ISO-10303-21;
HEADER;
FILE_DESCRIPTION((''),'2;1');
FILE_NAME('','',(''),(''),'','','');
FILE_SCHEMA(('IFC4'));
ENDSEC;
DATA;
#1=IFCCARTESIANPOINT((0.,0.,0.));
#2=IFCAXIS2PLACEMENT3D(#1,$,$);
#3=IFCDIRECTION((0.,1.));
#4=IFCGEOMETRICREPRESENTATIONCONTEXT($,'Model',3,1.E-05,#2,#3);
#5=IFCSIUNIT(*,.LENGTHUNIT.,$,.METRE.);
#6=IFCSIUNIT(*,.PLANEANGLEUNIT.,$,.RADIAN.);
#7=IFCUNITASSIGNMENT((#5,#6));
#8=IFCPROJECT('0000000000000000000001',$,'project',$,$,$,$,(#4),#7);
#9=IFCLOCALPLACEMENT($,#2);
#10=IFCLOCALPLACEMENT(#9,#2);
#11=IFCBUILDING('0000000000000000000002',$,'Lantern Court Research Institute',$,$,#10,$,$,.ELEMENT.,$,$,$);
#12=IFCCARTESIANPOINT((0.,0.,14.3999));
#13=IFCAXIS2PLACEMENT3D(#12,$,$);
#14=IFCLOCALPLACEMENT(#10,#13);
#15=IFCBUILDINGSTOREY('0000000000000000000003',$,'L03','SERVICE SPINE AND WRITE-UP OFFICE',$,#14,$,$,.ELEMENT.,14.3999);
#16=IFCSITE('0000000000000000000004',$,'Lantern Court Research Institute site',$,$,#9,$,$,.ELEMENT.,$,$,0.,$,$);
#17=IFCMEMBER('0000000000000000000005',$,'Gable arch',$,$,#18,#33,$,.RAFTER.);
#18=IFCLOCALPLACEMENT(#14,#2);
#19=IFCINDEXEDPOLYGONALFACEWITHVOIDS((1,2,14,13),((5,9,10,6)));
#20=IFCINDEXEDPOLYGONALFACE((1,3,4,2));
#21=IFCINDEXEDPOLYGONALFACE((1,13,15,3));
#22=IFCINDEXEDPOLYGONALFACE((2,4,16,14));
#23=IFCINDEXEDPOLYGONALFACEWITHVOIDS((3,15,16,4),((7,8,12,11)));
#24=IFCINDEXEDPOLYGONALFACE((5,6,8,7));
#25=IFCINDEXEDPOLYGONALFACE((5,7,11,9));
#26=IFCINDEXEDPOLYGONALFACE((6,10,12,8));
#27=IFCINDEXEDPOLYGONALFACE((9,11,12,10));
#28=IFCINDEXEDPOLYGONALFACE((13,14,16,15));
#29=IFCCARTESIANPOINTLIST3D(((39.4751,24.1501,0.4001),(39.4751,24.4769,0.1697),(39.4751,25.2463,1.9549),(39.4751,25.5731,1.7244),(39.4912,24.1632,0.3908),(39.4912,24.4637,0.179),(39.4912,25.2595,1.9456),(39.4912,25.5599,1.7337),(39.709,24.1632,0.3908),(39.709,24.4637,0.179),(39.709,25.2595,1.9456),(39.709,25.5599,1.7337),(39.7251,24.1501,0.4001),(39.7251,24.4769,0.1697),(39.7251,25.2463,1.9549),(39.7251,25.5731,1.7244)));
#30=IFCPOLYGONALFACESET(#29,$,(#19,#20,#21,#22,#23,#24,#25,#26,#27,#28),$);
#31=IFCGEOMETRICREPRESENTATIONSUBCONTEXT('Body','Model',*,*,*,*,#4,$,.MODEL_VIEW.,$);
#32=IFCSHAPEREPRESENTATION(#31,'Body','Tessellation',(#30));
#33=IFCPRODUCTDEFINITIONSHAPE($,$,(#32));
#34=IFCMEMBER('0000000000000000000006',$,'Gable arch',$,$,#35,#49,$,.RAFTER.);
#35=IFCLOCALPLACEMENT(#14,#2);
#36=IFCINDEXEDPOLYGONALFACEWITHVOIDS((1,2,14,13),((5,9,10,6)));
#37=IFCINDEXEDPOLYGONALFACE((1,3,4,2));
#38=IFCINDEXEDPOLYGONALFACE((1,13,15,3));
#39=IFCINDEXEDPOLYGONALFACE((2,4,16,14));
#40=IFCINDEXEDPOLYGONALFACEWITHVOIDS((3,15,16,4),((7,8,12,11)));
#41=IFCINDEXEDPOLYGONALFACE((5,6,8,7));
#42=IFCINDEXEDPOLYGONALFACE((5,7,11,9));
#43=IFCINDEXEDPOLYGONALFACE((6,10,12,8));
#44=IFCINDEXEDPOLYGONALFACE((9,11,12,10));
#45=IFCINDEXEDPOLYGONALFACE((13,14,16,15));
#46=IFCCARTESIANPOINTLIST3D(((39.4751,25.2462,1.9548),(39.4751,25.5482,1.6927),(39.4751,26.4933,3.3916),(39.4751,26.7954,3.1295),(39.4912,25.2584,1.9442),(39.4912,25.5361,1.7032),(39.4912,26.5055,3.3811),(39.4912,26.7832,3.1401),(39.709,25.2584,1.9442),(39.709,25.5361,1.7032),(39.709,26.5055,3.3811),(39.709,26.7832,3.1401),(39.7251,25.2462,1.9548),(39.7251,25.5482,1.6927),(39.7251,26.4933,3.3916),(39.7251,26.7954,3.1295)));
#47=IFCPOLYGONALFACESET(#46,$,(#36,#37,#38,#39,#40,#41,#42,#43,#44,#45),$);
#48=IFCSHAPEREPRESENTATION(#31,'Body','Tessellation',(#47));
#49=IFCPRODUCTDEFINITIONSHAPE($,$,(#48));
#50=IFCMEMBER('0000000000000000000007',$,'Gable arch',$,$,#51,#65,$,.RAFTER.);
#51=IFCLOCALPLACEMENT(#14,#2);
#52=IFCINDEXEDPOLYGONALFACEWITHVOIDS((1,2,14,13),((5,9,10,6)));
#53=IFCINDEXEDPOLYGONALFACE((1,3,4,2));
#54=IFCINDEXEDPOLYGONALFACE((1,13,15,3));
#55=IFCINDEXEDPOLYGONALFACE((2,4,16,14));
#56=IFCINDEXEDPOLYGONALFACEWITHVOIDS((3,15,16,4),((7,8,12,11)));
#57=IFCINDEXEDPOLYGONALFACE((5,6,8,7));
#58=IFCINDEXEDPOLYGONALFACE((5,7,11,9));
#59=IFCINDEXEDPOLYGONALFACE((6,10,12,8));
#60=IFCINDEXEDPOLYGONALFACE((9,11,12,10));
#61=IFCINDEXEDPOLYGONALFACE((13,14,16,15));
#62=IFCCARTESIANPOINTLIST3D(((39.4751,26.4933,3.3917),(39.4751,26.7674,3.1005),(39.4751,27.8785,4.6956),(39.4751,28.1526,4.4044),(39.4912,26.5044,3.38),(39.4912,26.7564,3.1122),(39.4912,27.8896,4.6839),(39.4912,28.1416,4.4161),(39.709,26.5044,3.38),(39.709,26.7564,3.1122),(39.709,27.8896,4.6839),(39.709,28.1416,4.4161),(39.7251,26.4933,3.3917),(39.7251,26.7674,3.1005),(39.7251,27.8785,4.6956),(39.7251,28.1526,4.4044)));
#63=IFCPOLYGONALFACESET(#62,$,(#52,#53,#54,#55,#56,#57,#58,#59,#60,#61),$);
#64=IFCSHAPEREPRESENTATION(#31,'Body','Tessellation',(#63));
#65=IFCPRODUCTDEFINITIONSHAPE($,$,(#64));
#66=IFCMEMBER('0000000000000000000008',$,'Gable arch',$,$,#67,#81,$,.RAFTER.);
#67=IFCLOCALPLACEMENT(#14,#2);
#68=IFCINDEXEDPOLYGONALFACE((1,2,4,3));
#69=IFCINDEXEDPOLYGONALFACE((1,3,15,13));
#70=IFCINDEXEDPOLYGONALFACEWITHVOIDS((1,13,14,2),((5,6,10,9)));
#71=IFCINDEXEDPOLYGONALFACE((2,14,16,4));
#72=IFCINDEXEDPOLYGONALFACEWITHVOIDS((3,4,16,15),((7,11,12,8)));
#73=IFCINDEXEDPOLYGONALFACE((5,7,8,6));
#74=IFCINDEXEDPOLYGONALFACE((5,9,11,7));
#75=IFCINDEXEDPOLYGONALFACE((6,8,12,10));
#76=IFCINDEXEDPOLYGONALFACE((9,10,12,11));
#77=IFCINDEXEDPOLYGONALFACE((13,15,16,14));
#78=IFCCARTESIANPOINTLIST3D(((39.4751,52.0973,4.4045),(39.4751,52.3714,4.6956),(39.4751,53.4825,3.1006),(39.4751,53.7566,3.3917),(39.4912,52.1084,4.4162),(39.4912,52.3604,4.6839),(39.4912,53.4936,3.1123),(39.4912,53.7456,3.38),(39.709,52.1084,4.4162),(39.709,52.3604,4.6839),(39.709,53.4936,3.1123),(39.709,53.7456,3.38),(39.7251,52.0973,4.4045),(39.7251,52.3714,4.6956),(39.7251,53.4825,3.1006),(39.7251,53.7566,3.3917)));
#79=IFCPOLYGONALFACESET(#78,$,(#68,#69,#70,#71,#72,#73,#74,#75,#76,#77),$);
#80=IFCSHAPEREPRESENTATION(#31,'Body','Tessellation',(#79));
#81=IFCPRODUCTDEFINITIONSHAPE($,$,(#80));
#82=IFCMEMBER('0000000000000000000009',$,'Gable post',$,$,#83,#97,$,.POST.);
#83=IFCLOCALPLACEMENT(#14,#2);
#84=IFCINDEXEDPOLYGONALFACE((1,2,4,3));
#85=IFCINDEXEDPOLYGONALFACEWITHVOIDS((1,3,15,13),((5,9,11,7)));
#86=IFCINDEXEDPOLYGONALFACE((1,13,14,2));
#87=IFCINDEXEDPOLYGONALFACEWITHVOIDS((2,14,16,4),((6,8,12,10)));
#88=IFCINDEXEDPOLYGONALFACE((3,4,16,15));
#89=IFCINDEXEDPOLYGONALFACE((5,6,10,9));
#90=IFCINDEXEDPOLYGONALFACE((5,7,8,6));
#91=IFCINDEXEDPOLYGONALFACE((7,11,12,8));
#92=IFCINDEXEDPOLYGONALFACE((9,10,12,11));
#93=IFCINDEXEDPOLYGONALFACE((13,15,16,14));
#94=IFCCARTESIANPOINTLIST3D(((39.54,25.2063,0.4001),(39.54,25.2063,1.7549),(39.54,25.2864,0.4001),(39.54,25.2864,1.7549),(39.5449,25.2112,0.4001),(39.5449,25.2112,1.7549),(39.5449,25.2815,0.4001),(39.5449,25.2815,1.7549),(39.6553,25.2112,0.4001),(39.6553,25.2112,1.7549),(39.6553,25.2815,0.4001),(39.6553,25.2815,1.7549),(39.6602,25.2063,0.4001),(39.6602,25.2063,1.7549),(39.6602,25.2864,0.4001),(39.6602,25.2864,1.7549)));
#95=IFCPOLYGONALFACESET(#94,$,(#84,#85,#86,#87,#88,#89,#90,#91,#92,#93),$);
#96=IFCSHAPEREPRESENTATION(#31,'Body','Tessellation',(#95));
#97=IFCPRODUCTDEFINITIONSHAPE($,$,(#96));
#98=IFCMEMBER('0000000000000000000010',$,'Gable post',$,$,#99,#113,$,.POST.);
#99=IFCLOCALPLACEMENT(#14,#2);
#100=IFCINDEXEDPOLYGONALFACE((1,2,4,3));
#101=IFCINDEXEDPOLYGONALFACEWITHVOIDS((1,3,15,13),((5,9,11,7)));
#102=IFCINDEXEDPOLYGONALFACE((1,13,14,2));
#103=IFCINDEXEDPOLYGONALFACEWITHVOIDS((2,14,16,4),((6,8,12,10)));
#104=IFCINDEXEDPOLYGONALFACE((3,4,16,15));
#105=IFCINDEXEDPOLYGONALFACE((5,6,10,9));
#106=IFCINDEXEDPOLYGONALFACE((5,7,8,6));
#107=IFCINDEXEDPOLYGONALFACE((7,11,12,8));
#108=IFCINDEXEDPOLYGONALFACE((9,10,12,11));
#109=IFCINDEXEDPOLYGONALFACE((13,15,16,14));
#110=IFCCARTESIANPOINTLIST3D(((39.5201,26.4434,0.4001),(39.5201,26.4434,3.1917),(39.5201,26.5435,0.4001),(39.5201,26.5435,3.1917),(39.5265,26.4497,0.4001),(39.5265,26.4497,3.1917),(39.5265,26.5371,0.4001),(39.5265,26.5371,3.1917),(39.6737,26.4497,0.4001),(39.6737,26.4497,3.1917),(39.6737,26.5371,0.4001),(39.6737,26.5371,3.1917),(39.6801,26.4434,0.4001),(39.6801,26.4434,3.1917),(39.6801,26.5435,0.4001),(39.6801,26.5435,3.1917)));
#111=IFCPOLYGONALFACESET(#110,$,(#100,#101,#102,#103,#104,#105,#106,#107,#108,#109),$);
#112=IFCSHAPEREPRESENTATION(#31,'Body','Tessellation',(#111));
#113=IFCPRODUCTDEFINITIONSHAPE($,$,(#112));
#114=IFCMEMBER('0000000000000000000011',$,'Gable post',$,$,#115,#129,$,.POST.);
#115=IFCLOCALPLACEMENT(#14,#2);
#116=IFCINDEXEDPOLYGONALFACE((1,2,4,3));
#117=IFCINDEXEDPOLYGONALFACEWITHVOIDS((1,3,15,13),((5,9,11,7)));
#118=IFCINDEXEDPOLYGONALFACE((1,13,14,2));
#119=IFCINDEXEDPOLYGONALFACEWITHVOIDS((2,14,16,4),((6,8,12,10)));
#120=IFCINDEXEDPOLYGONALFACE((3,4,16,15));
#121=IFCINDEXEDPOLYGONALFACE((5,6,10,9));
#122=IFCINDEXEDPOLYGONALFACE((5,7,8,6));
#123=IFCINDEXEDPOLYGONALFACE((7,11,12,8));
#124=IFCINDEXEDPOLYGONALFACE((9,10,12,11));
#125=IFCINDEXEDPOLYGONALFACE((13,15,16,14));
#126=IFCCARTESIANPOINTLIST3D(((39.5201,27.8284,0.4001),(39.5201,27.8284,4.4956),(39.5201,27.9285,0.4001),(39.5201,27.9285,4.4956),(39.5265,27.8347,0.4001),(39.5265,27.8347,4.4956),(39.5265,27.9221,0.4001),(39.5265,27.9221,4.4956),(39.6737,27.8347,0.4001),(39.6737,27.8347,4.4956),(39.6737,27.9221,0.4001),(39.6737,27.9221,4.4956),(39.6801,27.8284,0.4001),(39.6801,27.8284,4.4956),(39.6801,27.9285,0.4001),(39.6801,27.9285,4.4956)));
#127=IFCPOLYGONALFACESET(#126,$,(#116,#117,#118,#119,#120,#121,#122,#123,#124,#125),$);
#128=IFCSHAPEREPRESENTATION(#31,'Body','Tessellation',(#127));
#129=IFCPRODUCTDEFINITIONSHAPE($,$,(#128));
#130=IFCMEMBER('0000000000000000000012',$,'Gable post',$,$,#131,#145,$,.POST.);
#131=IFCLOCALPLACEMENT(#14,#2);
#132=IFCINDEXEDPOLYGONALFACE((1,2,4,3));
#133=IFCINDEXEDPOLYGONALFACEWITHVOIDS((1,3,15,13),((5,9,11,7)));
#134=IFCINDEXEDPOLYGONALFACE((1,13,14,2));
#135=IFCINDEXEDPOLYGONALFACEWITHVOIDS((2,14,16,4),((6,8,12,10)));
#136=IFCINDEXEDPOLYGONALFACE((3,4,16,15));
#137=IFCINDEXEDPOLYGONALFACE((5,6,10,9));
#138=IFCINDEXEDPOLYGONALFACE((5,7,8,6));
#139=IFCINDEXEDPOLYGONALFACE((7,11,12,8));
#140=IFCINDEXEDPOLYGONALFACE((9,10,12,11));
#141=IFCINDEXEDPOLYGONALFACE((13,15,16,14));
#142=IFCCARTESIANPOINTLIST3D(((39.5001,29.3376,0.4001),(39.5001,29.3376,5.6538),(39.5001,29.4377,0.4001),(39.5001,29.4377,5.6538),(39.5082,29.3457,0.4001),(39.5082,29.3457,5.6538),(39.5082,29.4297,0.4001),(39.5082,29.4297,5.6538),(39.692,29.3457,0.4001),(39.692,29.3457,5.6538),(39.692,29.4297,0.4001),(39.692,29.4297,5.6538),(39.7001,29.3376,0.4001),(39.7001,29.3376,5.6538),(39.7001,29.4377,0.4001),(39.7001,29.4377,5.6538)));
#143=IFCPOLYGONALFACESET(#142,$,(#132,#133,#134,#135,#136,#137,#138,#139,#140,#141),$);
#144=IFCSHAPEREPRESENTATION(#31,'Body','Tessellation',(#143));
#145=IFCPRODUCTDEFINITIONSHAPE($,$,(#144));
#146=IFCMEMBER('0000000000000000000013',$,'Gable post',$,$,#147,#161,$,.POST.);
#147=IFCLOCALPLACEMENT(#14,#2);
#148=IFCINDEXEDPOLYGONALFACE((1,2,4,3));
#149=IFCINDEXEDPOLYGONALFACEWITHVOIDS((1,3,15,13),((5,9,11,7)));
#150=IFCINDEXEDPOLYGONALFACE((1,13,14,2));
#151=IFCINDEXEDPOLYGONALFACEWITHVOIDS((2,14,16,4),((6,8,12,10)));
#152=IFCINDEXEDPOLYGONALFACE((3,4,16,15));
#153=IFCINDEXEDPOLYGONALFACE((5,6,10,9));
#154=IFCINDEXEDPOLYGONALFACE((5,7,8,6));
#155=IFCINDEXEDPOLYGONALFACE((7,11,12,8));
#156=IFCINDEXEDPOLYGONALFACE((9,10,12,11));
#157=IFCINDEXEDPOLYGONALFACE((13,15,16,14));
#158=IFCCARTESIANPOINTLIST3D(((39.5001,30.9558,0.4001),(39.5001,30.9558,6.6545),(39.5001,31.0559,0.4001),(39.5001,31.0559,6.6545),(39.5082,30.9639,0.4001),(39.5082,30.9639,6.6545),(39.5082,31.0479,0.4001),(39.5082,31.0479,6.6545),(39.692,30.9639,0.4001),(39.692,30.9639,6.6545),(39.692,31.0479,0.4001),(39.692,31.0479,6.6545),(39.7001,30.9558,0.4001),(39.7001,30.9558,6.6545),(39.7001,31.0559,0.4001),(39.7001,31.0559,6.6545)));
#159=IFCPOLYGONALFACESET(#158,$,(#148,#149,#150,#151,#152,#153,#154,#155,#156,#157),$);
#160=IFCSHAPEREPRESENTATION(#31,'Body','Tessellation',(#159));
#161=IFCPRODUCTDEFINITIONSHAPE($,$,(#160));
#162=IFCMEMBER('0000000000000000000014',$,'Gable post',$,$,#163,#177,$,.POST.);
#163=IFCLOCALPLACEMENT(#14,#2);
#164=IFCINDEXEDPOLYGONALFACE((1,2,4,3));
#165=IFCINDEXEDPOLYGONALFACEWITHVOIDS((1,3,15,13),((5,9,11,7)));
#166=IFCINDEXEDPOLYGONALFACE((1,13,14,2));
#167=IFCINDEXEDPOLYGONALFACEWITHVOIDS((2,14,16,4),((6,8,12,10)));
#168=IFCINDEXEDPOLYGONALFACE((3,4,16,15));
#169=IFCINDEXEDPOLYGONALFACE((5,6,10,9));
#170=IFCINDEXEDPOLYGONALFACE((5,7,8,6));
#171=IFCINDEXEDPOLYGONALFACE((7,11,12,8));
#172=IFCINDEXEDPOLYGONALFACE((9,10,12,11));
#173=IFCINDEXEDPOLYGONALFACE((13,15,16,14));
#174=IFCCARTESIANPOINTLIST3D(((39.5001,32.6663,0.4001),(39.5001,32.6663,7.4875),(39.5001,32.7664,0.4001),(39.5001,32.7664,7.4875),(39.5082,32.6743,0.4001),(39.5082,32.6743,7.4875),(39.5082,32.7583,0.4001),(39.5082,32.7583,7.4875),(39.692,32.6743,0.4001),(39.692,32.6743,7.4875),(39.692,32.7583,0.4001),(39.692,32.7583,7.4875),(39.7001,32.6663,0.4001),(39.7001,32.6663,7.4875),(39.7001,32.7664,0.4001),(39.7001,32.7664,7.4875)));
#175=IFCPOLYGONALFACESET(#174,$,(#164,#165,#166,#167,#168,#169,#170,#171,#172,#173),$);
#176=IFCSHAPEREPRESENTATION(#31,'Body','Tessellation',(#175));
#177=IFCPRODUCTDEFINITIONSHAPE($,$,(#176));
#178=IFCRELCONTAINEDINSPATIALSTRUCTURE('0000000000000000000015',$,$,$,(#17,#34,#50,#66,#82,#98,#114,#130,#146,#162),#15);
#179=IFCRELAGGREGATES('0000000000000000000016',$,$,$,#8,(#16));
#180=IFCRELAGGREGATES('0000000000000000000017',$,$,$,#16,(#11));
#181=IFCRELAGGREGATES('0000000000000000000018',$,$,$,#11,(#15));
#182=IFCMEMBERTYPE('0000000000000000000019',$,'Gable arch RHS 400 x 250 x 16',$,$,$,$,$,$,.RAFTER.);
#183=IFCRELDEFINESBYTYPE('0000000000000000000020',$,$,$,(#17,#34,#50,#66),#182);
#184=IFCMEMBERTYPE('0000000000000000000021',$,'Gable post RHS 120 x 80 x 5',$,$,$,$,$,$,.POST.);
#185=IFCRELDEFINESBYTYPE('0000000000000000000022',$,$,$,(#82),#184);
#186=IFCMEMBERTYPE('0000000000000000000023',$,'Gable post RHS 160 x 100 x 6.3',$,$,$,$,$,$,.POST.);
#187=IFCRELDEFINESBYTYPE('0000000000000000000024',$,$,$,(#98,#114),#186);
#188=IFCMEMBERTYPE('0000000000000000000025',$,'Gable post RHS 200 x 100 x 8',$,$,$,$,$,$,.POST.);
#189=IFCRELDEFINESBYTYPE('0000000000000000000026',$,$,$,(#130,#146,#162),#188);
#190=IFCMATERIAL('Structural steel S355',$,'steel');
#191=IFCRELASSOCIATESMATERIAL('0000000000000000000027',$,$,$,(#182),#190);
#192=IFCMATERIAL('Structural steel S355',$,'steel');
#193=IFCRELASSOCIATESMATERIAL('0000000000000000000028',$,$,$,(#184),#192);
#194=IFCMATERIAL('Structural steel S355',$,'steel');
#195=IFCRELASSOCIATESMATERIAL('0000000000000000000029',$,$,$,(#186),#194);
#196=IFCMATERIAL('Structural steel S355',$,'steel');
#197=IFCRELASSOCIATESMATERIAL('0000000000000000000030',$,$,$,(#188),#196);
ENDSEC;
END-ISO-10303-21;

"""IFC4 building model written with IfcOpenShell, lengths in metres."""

from ifc_helpers import new_model, si_unit, direction, frame, origin, origin_2d, place, context, subcontext, project, spatial, hollow_rectangle, extrude, material, material_profile, profile_set, type_object, element, save


model = new_model("IFC4")

# Units and contexts
model_context = context("Model", 3, precision=1e-05, world=origin(), true_north=direction((0.0, 1.0)))
body_context = subcontext(model_context, "Body", "Model", "MODEL_VIEW")
ifc_project = project(units=[si_unit("LENGTHUNIT", "METRE"), si_unit("PLANEANGLEUNIT", "RADIAN")], contexts=[model_context])

# Site, building, storey
site_placement = place(None, origin())
site = spatial("IfcSite", under=ifc_project, at=site_placement, Name="Lantern Court Research Institute site", CompositionType="ELEMENT", RefElevation=0.0)
building_placement = place(site_placement, origin())
building = spatial("IfcBuilding", under=site, at=building_placement, Name="Lantern Court Research Institute", CompositionType="ELEMENT")
storey_placement = place(building_placement, frame((0.0, 0.0, 14.3999)))
storey = spatial("IfcBuildingStorey", under=building, at=storey_placement, Name="L03", Description="SERVICE SPINE AND WRITE-UP OFFICE", CompositionType="ELEMENT", Elevation=14.3999)

# Members
ifc_material_1 = material(Name="Structural steel S355", Category="steel")
ifc_material_profile_1 = material_profile(ifc_material_1, hollow_rectangle(XDim=0.25, YDim=0.3999, WallThickness=0.0161, at=origin_2d()), Name="Gable arch RHS 400 x 250 x 16")
ifc_profile_set_1 = profile_set([ifc_material_profile_1], Name="Structural steel S355")
member_type_1 = type_object("IfcMemberType", Name="Gable arch RHS 400 x 250 x 16", PredefinedType="RAFTER", material=ifc_profile_set_1)
member_1_placement = place(storey_placement, frame((39.6001, 24.3135, 0.2849), z_axis=(0.0, 0.57625, 0.817274), x_axis=(-1.0, 0.0, 0.0)))
element("IfcMember", 1, at=member_1_placement, inside=storey, type_object=member_type_1, Name="Gable arch", PredefinedType="RAFTER", context=body_context, shape_type="SweptSolid", body=[
    extrude(hollow_rectangle(XDim=0.25, YDim=0.3999, WallThickness=0.0161, at=origin_2d()), origin(), (0.0, 0.0, 1.0), 1.9023),
])
member_2_placement = place(storey_placement, frame((39.6001, 25.3972, 1.8237), z_axis=(0.0, 0.655492, 0.755202), x_axis=(-1.0, 0.0, 0.0)))
element("IfcMember", 2, at=member_2_placement, inside=storey, type_object=member_type_1, Name="Gable arch", PredefinedType="RAFTER", context=body_context, shape_type="SweptSolid", body=[
    extrude(hollow_rectangle(XDim=0.25, YDim=0.3999, WallThickness=0.0161, at=origin_2d()), origin(), (0.0, 0.0, 1.0), 1.9026),
])
for number, where, z_axis, x_axis, name in (
    (3, (39.6001, 26.6304, 3.2461), (0.0, 0.728151, 0.685417), (-1.0, 0.0, 0.0), "Gable arch"),
    (4, (39.6001, 52.2344, 4.55), (0.0, 0.728151, -0.685417), (-1.0, 0.0, 0.0), "Gable arch"),
):
    element("IfcMember", number, at=place(storey_placement, frame(where, z_axis=z_axis, x_axis=x_axis)), inside=storey, type_object=member_type_1, Name=name, PredefinedType="RAFTER", context=body_context, shape_type="SweptSolid", body=[
        extrude(hollow_rectangle(XDim=0.25, YDim=0.3999, WallThickness=0.0161, at=origin_2d()), origin(), (0.0, 0.0, 1.0), 1.9023),
    ])
ifc_material_2 = material(Name="Structural steel S355", Category="steel")
ifc_material_profile_2 = material_profile(ifc_material_2, hollow_rectangle(XDim=0.1201, YDim=0.0801, WallThickness=0.0049, at=origin_2d()), Name="Gable post RHS 120 x 80 x 5")
ifc_profile_set_2 = profile_set([ifc_material_profile_2], Name="Structural steel S355")
member_type_2 = type_object("IfcMemberType", Name="Gable post RHS 120 x 80 x 5", PredefinedType="POST", material=ifc_profile_set_2)
member_3_placement = place(storey_placement, frame((39.6001, 25.2463, 0.4001), z_axis=(0.0, 0.0, 1.0), x_axis=(1.0, 0.0, 0.0)))
element("IfcMember", 5, at=member_3_placement, inside=storey, type_object=member_type_2, Name="Gable post", PredefinedType="POST", context=body_context, shape_type="SweptSolid", body=[
    extrude(hollow_rectangle(XDim=0.1201, YDim=0.0801, WallThickness=0.0049, at=origin_2d()), origin(), (0.0, 0.0, 1.0), 1.3547),
])
ifc_material_3 = material(Name="Structural steel S355", Category="steel")
ifc_material_profile_3 = material_profile(ifc_material_3, hollow_rectangle(XDim=0.1599, YDim=0.1001, WallThickness=0.0063, at=origin_2d()), Name="Gable post RHS 160 x 100 x 6.3")
ifc_profile_set_3 = profile_set([ifc_material_profile_3], Name="Structural steel S355")
member_type_3 = type_object("IfcMemberType", Name="Gable post RHS 160 x 100 x 6.3", PredefinedType="POST", material=ifc_profile_set_3)
member_4_placement = place(storey_placement, frame((39.6001, 26.4934, 0.4001), z_axis=(0.0, 0.0, 1.0), x_axis=(1.0, 0.0, 0.0)))
element("IfcMember", 6, at=member_4_placement, inside=storey, type_object=member_type_3, Name="Gable post", PredefinedType="POST", context=body_context, shape_type="SweptSolid", body=[
    extrude(hollow_rectangle(XDim=0.1599, YDim=0.1001, WallThickness=0.0063, at=origin_2d()), origin(), (0.0, 0.0, 1.0), 2.7915),
])
member_5_placement = place(storey_placement, frame((39.6001, 27.8784, 0.4001), z_axis=(0.0, 0.0, 1.0), x_axis=(1.0, 0.0, 0.0)))
element("IfcMember", 7, at=member_5_placement, inside=storey, type_object=member_type_3, Name="Gable post", PredefinedType="POST", context=body_context, shape_type="SweptSolid", body=[
    extrude(hollow_rectangle(XDim=0.1599, YDim=0.1001, WallThickness=0.0063, at=origin_2d()), origin(), (0.0, 0.0, 1.0), 4.0955),
])
ifc_material_4 = material(Name="Structural steel S355", Category="steel")
ifc_material_profile_4 = material_profile(ifc_material_4, hollow_rectangle(XDim=0.2, YDim=0.1001, WallThickness=0.0081, at=origin_2d()), Name="Gable post RHS 200 x 100 x 8")
ifc_profile_set_4 = profile_set([ifc_material_profile_4], Name="Structural steel S355")
member_type_4 = type_object("IfcMemberType", Name="Gable post RHS 200 x 100 x 8", PredefinedType="POST", material=ifc_profile_set_4)
member_6_placement = place(storey_placement, frame((39.6001, 29.3877, 0.4001), z_axis=(0.0, 0.0, 1.0), x_axis=(1.0, 0.0, 0.0)))
element("IfcMember", 8, at=member_6_placement, inside=storey, type_object=member_type_4, Name="Gable post", PredefinedType="POST", context=body_context, shape_type="SweptSolid", body=[
    extrude(hollow_rectangle(XDim=0.2, YDim=0.1001, WallThickness=0.0081, at=origin_2d()), origin(), (0.0, 0.0, 1.0), 5.2537),
])
member_7_placement = place(storey_placement, frame((39.6001, 31.0059, 0.4001), z_axis=(0.0, 0.0, 1.0), x_axis=(1.0, 0.0, 0.0)))
element("IfcMember", 9, at=member_7_placement, inside=storey, type_object=member_type_4, Name="Gable post", PredefinedType="POST", context=body_context, shape_type="SweptSolid", body=[
    extrude(hollow_rectangle(XDim=0.2, YDim=0.1001, WallThickness=0.0081, at=origin_2d()), origin(), (0.0, 0.0, 1.0), 6.2544),
])
member_8_placement = place(storey_placement, frame((39.6001, 32.7163, 0.4001), z_axis=(0.0, 0.0, 1.0), x_axis=(1.0, 0.0, 0.0)))
element("IfcMember", 10, at=member_8_placement, inside=storey, type_object=member_type_4, Name="Gable post", PredefinedType="POST", context=body_context, shape_type="SweptSolid", body=[
    extrude(hollow_rectangle(XDim=0.2, YDim=0.1001, WallThickness=0.0081, at=origin_2d()), origin(), (0.0, 0.0, 1.0), 7.0874),
])

save(model, "model.ifc")
